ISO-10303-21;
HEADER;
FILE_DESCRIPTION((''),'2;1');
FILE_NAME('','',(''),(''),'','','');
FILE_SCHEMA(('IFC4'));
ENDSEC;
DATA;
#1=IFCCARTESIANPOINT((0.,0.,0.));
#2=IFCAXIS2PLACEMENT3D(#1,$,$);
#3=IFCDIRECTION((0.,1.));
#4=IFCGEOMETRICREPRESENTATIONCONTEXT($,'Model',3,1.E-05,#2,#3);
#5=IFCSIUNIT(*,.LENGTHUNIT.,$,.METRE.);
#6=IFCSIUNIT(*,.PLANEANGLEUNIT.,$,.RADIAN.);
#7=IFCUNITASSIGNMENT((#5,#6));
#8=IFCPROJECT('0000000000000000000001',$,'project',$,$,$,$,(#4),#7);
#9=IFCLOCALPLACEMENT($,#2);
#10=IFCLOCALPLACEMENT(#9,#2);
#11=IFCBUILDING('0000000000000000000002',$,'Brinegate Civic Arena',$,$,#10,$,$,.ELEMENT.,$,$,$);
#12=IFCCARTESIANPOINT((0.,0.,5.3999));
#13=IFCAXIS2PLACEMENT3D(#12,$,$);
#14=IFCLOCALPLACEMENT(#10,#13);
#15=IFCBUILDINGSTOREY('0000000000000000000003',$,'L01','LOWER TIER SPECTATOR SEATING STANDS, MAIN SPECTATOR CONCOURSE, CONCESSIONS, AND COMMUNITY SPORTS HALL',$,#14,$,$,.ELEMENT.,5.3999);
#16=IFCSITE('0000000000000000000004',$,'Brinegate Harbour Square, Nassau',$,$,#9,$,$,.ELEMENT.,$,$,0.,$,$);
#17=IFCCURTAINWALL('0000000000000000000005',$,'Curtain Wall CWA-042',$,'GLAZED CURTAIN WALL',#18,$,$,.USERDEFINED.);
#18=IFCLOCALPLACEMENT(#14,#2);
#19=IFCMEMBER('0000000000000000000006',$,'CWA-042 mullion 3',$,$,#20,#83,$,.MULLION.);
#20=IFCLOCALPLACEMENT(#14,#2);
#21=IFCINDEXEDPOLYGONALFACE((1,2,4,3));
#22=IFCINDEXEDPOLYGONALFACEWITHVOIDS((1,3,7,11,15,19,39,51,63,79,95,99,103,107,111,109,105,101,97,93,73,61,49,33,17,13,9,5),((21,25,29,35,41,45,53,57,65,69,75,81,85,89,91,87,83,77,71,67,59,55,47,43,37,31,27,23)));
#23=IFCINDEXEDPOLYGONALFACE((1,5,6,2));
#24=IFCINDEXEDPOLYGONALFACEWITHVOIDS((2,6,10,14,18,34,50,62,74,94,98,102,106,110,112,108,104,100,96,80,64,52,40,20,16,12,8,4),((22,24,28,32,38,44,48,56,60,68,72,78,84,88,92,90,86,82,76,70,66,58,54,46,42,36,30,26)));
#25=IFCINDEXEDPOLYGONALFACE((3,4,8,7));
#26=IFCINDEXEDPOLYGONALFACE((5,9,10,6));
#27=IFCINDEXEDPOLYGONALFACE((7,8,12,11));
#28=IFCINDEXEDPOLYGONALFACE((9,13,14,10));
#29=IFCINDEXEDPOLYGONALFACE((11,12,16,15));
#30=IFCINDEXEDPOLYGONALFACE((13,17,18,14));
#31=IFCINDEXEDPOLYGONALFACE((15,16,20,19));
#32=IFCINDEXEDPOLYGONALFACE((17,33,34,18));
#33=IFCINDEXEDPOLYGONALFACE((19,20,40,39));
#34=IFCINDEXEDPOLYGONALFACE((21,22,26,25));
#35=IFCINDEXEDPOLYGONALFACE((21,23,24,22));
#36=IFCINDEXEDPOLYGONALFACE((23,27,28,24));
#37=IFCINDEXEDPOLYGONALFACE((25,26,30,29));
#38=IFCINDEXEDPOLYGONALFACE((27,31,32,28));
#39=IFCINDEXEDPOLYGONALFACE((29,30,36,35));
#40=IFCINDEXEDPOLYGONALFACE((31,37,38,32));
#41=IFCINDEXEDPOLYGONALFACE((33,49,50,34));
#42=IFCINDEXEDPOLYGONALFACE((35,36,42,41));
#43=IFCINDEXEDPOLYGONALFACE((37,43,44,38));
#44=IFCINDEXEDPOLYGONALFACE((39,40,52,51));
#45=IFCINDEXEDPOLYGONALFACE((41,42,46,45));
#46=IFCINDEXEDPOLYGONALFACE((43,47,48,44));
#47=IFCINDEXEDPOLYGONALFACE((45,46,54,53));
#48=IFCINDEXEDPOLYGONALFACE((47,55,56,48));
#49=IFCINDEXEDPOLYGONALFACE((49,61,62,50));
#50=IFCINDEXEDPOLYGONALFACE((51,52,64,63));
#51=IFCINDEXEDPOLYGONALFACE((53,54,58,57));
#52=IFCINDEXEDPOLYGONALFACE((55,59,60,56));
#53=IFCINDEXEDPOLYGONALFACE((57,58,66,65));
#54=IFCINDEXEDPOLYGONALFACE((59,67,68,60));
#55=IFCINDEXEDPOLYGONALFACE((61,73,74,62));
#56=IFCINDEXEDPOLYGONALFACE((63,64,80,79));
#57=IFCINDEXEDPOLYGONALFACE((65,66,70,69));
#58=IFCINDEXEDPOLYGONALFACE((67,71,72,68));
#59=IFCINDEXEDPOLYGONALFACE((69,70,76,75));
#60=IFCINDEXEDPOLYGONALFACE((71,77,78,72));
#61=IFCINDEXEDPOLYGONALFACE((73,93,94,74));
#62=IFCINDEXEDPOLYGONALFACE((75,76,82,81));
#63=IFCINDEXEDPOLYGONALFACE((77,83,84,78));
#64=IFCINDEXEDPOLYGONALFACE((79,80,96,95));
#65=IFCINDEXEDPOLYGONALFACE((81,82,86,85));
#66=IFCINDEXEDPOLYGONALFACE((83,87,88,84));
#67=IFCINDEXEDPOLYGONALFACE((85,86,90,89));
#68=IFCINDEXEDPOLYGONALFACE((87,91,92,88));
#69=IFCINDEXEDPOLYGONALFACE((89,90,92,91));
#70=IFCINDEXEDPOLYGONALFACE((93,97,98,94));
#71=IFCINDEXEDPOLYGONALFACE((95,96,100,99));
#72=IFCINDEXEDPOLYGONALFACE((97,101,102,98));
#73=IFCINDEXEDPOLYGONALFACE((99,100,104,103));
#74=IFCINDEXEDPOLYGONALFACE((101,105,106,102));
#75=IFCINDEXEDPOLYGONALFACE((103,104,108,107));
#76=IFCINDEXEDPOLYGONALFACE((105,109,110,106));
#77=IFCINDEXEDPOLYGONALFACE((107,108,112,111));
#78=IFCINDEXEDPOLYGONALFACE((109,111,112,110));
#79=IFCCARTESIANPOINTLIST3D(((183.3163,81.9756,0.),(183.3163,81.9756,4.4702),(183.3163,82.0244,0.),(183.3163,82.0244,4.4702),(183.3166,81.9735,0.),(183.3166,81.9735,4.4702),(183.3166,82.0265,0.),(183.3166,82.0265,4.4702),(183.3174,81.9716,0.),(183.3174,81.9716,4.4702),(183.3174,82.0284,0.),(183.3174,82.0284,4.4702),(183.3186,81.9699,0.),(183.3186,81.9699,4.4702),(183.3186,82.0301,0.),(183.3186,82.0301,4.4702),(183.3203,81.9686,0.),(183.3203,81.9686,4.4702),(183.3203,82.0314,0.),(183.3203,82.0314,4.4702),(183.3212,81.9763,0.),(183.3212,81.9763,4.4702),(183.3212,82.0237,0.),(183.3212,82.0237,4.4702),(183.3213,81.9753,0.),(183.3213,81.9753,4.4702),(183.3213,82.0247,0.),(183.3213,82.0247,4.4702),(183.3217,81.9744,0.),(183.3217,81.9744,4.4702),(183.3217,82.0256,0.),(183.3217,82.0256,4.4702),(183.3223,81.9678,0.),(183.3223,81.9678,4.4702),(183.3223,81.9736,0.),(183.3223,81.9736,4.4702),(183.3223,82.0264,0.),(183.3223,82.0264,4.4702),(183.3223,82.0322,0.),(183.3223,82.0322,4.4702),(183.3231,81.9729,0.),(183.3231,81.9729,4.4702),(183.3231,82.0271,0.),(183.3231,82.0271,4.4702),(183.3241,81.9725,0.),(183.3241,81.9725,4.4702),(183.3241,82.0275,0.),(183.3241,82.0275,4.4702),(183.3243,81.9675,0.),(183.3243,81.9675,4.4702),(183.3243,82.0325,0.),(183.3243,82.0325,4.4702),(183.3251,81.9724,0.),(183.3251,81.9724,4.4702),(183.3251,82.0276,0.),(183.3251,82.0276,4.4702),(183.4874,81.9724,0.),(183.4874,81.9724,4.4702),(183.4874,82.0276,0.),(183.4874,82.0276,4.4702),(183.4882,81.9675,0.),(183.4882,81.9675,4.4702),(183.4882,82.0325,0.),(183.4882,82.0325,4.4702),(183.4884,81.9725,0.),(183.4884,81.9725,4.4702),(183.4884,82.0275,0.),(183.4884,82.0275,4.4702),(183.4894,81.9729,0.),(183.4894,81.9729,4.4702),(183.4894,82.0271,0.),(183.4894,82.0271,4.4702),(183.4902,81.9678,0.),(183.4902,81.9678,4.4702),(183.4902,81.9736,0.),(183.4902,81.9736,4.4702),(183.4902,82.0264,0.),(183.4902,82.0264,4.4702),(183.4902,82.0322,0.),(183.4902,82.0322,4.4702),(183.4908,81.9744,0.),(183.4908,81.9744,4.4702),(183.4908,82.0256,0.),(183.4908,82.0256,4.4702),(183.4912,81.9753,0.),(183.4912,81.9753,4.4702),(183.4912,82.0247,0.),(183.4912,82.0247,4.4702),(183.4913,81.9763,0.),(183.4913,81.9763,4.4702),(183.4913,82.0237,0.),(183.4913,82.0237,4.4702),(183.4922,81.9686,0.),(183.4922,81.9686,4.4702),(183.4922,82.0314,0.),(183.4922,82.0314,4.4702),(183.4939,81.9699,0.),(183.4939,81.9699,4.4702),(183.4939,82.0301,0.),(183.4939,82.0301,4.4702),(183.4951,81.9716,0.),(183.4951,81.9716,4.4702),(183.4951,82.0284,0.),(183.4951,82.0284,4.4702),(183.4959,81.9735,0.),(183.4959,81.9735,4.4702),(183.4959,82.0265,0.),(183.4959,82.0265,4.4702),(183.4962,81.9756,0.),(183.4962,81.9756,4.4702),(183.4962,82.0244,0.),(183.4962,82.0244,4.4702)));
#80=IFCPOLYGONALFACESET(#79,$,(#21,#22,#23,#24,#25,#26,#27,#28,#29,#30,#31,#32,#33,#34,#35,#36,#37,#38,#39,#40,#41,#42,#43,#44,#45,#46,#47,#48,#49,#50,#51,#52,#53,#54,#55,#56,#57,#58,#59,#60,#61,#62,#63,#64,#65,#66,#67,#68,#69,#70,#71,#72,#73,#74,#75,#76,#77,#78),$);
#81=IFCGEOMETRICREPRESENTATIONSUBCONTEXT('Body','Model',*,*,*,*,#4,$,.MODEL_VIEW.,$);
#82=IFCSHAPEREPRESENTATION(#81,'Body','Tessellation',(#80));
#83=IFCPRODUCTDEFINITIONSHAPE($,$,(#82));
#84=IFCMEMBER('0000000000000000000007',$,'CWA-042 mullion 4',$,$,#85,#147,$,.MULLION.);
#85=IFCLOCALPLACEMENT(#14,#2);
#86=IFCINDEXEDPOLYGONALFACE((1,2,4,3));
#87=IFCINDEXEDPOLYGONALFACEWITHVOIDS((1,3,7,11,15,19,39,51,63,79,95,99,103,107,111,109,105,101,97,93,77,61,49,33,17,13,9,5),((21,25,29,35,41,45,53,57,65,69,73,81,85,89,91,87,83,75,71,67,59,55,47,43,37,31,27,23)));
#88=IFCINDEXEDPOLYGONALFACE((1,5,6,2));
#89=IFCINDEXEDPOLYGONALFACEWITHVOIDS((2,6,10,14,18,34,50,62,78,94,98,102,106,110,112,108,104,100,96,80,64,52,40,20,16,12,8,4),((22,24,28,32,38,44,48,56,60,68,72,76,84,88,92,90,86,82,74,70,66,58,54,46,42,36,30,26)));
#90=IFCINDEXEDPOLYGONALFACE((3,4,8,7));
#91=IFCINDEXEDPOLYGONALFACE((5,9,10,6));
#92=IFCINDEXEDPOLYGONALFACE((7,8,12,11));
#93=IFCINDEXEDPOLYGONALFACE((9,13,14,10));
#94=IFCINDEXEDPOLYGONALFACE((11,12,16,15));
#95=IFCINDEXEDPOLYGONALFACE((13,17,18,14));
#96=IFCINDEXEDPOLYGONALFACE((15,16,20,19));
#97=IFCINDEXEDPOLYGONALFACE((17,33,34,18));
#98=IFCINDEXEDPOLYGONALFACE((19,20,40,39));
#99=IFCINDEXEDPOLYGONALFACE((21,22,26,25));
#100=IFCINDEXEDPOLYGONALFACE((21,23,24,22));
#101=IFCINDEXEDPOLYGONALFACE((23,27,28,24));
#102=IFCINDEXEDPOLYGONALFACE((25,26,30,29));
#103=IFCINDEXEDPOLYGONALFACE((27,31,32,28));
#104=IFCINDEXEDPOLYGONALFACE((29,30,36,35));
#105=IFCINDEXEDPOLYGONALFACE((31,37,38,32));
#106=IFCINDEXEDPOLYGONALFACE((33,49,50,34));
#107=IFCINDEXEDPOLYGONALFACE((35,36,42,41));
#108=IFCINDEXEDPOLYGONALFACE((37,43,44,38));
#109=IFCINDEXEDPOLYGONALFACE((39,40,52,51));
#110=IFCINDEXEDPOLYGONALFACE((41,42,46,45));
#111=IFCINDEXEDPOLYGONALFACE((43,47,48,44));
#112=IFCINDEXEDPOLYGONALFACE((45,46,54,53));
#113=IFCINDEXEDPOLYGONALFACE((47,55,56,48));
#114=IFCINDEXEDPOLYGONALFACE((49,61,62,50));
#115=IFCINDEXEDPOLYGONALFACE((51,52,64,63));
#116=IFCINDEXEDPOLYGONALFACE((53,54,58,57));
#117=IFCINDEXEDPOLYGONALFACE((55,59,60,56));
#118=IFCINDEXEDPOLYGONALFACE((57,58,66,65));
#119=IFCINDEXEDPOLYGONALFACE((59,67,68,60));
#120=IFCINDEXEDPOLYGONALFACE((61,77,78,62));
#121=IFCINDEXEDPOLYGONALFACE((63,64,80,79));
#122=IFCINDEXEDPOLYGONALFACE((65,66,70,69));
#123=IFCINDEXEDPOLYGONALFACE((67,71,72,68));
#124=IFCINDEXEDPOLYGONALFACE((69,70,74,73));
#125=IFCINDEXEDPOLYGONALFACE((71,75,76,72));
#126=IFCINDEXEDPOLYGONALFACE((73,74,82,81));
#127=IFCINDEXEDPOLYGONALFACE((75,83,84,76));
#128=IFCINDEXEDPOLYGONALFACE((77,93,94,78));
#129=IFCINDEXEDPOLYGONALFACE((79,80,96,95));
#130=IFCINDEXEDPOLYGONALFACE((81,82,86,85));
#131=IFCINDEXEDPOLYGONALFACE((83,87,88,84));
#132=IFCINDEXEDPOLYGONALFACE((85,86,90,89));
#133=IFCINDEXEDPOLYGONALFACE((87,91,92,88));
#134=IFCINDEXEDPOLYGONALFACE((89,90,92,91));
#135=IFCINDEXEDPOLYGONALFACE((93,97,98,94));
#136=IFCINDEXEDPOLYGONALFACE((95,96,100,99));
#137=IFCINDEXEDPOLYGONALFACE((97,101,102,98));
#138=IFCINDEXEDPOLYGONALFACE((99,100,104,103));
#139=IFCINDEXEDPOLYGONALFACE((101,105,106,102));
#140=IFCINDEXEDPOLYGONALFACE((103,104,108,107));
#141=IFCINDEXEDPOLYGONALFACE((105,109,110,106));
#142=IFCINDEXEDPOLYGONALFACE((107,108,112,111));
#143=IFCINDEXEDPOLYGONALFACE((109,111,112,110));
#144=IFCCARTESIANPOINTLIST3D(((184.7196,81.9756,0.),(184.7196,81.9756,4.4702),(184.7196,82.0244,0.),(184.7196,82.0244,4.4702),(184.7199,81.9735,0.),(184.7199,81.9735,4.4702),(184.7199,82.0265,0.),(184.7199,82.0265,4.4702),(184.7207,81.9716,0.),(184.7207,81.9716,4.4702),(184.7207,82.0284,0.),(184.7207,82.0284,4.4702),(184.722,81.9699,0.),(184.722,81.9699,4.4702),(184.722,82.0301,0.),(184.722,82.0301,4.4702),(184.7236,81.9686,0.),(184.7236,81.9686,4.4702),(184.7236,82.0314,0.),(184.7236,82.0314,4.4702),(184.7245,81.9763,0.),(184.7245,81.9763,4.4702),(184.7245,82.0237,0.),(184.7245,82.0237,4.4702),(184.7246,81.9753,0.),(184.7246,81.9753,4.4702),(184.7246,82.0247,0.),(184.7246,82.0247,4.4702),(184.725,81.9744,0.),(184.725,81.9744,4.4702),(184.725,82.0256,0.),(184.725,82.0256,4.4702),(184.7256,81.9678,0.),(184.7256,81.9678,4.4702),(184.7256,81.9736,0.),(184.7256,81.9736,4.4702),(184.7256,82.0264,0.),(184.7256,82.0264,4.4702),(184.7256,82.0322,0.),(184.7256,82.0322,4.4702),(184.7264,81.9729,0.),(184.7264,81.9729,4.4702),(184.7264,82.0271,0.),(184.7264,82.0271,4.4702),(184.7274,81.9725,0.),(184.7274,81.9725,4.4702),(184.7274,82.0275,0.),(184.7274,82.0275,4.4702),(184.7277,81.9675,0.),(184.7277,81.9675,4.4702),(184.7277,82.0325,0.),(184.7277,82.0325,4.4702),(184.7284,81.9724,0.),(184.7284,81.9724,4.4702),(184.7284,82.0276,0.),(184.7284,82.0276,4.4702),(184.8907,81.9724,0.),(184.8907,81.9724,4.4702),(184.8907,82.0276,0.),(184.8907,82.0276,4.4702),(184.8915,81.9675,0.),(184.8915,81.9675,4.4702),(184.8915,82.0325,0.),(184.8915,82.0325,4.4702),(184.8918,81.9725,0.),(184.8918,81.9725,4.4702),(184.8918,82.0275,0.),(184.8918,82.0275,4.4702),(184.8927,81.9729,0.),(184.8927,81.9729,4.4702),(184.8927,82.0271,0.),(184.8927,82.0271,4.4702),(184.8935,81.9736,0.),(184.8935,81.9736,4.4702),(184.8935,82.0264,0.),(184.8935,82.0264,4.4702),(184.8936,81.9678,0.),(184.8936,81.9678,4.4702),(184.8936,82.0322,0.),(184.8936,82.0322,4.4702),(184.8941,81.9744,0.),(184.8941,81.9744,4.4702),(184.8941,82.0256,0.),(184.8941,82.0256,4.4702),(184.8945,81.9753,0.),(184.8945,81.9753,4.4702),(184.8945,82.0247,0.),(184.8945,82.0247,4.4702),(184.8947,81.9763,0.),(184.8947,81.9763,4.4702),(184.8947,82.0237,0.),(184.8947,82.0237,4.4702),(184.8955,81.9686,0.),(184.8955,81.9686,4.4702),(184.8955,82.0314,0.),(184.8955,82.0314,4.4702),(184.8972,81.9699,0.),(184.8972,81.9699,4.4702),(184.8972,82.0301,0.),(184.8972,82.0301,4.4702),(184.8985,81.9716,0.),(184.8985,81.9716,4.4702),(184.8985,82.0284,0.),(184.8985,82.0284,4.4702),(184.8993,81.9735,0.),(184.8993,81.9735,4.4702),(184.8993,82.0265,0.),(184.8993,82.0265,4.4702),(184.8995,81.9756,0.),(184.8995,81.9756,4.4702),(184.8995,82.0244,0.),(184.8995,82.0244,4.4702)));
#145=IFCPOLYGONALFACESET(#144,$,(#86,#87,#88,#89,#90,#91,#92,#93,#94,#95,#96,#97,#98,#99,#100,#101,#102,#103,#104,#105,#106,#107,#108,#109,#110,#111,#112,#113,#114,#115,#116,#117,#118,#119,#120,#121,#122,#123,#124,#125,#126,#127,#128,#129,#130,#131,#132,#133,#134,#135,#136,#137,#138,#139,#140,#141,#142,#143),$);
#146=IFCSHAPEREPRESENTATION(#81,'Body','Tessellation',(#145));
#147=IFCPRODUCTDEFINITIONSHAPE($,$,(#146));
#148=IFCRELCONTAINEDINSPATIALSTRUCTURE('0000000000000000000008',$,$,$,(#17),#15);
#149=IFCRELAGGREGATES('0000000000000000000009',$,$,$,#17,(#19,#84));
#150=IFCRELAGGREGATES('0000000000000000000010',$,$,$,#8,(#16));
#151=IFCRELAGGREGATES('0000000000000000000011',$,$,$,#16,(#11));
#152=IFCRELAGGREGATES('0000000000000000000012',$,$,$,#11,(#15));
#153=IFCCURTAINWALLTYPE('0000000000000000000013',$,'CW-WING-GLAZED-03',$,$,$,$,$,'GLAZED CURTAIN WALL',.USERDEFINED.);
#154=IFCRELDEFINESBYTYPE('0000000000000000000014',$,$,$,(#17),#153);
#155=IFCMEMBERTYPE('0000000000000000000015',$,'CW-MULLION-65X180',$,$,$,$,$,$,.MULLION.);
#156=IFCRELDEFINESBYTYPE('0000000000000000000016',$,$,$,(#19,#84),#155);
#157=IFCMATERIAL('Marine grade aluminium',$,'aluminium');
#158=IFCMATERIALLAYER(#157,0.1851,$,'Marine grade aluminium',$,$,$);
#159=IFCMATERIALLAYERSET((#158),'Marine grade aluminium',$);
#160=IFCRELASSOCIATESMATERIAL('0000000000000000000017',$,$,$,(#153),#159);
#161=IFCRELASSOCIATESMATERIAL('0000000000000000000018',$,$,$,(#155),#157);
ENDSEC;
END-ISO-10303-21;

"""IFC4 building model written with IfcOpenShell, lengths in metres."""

from ifc_helpers import new_model, si_unit, direction, frame, origin, origin_2d, place, context, subcontext, project, spatial, hollow_rectangle, extrude, material, layer, layer_set, material_profile, profile_set, type_object, element, aggregate, save


model = new_model("IFC4")

# Units and contexts
model_context = context("Model", 3, precision=1e-05, world=origin(), true_north=direction((0.0, 1.0)))
body_context = subcontext(model_context, "Body", "Model", "MODEL_VIEW")
ifc_project = project(units=[si_unit("LENGTHUNIT", "METRE"), si_unit("PLANEANGLEUNIT", "RADIAN")], contexts=[model_context])

# Site, building, storey
site_placement = place(None, origin())
site = spatial("IfcSite", under=ifc_project, at=site_placement, Name="Brinegate Harbour Square, Nassau", CompositionType="ELEMENT", RefElevation=0.0)
building_placement = place(site_placement, origin())
building = spatial("IfcBuilding", under=site, at=building_placement, Name="Brinegate Civic Arena", CompositionType="ELEMENT")
storey_placement = place(building_placement, frame((0.0, 0.0, 5.3999)))
storey = spatial("IfcBuildingStorey", under=building, at=storey_placement, Name="L01", Description="LOWER TIER SPECTATOR SEATING STANDS, MAIN SPECTATOR CONCOURSE, CONCESSIONS, AND COMMUNITY SPORTS HALL", CompositionType="ELEMENT", Elevation=5.3999)

# Curtain wall, members
ifc_material_1 = material(Name="Marine grade aluminium", Category="aluminium")
ifc_layer_1 = layer(ifc_material_1, 0.1851, Name="Marine grade aluminium")
ifc_layer_set_1 = layer_set([ifc_layer_1], Name="Marine grade aluminium")
curtain_wall_type = type_object("IfcCurtainWallType", Name="CW-WING-GLAZED-03", ElementType="GLAZED CURTAIN WALL", PredefinedType="USERDEFINED", material=ifc_layer_set_1)
curtain_wall_placement = place(storey_placement, origin())
curtain_wall = element("IfcCurtainWall", 1, at=curtain_wall_placement, inside=storey, type_object=curtain_wall_type, Name="Curtain Wall CWA-042", ObjectType="GLAZED CURTAIN WALL", PredefinedType="USERDEFINED")
ifc_material_profile_1 = material_profile(ifc_material_1, hollow_rectangle(XDim=0.0649, YDim=0.1799, WallThickness=0.0049, InnerFilletRadius=0.0039, OuterFilletRadius=0.0081, at=origin_2d()), Name="MUL65X180")
ifc_profile_set_1 = profile_set([ifc_material_profile_1], Name="Marine grade aluminium")
member_type_1 = type_object("IfcMemberType", Name="CW-MULLION-65X180", PredefinedType="MULLION", material=ifc_profile_set_1)
member_1_placement = place(storey_placement, frame((183.4062, 82.0, 0.0), z_axis=(0.0, 0.0, 1.0), x_axis=(0.0, 1.0, 0.0)))
member_1 = element("IfcMember", 2, at=member_1_placement, type_object=member_type_1, Name="CWA-042 mullion 3", PredefinedType="MULLION", context=body_context, shape_type="SweptSolid", body=[
    extrude(hollow_rectangle(XDim=0.0649, YDim=0.1799, WallThickness=0.0049, InnerFilletRadius=0.0039, OuterFilletRadius=0.0081, at=origin_2d()), origin(), (0.0, 0.0, 1.0), 4.4702),
])
member_2_placement = place(storey_placement, frame((184.8096, 82.0, 0.0), z_axis=(0.0, 0.0, 1.0), x_axis=(0.0, 1.0, 0.0)))
member_2 = element("IfcMember", 3, at=member_2_placement, type_object=member_type_1, Name="CWA-042 mullion 4", PredefinedType="MULLION", context=body_context, shape_type="SweptSolid", body=[
    extrude(hollow_rectangle(XDim=0.0649, YDim=0.1799, WallThickness=0.0049, InnerFilletRadius=0.0039, OuterFilletRadius=0.0081, at=origin_2d()), origin(), (0.0, 0.0, 1.0), 4.4702),
])
aggregate(curtain_wall, [member_1, member_2])

save(model, "model.ifc")
